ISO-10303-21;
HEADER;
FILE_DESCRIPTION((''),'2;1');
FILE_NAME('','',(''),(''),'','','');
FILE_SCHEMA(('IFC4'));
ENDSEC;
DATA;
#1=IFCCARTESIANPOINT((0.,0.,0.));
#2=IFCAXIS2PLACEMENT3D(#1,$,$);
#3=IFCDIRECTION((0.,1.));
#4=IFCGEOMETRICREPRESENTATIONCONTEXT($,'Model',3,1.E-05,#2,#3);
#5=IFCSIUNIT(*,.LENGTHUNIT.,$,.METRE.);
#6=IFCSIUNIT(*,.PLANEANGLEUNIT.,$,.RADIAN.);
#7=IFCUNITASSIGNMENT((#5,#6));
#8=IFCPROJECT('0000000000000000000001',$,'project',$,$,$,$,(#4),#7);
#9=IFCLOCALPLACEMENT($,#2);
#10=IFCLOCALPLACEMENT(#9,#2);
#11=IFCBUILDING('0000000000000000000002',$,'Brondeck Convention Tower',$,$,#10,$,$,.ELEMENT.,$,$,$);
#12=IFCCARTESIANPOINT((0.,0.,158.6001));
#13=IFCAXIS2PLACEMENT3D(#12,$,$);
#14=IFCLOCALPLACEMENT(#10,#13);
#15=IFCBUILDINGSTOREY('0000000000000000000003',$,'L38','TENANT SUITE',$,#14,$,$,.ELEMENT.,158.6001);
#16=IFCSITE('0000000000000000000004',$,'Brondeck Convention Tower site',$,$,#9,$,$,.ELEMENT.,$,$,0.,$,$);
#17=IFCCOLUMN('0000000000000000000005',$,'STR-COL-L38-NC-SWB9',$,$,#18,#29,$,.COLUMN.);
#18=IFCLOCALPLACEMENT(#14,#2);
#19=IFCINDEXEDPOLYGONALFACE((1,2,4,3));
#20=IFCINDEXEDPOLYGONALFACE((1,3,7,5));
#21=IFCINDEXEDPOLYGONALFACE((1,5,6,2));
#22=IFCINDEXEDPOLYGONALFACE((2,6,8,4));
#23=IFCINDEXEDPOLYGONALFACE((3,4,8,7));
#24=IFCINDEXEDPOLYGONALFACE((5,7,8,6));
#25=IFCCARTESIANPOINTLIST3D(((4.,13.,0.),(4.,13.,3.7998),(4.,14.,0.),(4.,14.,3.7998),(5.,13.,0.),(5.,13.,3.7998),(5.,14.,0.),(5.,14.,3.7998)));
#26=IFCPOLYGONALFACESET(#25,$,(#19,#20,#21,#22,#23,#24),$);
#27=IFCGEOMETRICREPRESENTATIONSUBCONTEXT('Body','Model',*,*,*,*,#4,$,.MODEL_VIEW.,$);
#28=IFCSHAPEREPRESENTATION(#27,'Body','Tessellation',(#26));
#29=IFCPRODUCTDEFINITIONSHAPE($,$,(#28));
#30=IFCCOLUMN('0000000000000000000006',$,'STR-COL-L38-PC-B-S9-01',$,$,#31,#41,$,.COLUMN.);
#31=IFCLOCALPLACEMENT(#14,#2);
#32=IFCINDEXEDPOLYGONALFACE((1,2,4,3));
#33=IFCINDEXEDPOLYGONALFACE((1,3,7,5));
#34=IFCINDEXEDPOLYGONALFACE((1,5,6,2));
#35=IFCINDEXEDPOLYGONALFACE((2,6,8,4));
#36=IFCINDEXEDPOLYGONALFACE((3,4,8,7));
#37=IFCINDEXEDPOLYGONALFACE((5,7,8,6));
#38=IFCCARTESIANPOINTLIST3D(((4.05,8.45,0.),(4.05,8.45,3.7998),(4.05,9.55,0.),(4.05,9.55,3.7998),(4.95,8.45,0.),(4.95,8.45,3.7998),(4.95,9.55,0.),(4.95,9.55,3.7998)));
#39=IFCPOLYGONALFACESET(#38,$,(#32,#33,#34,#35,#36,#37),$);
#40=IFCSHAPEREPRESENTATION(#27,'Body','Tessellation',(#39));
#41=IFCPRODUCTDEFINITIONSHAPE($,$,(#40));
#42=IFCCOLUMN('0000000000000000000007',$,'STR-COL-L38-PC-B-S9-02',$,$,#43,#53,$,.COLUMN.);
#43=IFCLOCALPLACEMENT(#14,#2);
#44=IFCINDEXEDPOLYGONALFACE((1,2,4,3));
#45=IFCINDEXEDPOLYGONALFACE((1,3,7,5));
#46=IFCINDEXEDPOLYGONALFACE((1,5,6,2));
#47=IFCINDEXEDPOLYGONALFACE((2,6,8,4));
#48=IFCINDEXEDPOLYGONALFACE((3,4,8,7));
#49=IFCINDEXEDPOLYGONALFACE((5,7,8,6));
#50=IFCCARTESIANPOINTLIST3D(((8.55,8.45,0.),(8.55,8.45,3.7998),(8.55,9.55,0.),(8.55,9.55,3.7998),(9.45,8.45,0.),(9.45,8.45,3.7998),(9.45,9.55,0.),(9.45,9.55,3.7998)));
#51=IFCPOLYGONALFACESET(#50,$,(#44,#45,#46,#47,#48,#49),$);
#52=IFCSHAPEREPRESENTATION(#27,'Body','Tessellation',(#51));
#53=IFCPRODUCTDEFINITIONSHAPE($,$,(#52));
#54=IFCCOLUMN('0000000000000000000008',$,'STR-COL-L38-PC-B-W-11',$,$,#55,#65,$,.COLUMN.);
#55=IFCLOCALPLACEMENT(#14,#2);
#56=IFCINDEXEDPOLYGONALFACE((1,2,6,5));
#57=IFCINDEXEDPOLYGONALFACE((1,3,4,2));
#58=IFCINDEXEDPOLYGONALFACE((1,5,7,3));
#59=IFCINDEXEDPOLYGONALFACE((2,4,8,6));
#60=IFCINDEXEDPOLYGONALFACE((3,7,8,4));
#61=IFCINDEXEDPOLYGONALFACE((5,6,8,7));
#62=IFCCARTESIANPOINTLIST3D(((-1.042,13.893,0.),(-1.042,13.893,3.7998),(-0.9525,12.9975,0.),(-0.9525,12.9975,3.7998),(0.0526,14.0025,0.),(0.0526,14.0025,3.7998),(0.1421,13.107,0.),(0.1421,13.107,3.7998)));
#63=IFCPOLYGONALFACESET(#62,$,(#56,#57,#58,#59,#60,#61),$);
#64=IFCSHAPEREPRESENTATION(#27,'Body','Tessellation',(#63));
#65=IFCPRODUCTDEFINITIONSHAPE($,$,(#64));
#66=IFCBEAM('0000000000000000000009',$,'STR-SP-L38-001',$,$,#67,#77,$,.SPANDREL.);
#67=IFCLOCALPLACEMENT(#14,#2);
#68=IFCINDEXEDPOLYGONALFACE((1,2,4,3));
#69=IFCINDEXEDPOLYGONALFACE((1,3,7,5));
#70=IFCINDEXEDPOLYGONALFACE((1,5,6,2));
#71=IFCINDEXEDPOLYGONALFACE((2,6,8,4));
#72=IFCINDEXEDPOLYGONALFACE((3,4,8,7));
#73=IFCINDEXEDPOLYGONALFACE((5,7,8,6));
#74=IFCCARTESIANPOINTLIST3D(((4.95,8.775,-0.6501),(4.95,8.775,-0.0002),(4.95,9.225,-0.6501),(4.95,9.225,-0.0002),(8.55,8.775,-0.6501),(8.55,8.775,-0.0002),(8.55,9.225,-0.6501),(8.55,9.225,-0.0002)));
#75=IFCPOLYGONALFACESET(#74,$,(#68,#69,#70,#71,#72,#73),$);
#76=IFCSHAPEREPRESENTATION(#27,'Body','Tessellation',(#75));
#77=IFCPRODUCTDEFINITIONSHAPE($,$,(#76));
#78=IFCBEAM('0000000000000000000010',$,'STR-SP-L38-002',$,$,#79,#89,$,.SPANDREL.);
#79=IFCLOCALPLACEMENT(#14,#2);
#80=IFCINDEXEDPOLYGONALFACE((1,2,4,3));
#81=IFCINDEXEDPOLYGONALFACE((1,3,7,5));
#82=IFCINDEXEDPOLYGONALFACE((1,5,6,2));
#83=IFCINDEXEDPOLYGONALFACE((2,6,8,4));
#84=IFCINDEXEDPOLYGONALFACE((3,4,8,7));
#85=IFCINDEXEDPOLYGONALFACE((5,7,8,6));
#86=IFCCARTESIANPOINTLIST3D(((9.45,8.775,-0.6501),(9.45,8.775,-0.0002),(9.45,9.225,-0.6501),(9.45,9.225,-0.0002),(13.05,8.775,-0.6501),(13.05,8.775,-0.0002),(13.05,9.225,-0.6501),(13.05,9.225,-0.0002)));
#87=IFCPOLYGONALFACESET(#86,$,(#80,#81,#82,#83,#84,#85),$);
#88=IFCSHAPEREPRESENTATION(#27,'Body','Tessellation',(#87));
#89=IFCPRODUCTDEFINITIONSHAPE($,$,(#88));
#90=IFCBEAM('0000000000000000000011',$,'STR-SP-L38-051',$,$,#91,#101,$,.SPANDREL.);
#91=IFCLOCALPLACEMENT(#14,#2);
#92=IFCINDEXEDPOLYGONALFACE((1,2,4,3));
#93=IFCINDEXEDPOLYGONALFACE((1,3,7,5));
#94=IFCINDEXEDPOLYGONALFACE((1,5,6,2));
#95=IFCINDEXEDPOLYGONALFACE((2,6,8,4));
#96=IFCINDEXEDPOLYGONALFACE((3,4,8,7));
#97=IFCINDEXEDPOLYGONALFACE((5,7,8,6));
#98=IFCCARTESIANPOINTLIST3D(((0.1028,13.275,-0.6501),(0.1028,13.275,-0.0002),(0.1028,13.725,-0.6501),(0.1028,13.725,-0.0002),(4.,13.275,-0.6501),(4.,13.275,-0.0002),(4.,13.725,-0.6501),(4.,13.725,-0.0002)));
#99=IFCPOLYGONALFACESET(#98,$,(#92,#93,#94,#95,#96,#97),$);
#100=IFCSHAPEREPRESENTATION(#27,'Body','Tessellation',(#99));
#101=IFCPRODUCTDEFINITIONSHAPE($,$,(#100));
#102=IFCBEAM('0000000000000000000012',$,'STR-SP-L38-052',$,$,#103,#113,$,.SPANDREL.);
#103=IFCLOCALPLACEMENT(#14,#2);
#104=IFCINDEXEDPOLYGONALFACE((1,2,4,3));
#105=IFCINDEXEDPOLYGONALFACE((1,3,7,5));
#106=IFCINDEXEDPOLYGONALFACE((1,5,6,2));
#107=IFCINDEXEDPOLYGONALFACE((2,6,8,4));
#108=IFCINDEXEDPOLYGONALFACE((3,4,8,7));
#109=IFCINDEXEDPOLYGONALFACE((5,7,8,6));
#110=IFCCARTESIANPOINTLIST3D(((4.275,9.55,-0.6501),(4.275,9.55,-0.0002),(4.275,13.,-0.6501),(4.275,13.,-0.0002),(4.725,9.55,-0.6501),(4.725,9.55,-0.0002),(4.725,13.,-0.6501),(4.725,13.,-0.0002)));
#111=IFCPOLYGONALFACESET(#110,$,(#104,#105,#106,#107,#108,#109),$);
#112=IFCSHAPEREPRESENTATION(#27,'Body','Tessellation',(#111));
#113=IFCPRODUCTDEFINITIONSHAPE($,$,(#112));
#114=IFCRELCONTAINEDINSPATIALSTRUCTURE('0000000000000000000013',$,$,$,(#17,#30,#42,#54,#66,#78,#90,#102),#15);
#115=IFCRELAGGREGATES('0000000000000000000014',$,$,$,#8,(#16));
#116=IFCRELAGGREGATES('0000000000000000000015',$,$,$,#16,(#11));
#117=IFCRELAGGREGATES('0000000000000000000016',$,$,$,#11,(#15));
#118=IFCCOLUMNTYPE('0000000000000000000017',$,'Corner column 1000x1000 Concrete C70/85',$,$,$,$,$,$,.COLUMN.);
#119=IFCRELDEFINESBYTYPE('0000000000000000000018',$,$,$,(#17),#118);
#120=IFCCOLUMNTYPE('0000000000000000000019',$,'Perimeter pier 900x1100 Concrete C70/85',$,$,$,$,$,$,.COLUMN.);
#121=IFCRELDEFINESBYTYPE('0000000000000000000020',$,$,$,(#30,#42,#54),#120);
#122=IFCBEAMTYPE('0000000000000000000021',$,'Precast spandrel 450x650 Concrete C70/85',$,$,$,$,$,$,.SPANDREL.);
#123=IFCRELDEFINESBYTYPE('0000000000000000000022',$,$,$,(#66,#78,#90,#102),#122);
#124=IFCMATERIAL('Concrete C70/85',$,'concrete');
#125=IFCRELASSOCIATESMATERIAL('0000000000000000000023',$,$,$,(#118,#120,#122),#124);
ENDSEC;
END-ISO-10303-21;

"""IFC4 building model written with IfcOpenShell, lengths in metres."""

from ifc_helpers import new_model, si_unit, direction, frame, origin, origin_2d, place, context, subcontext, project, spatial, rectangle, extrude, material, material_profile, profile_set, type_object, element, save


model = new_model("IFC4")

# Units and contexts
model_context = context("Model", 3, precision=1e-05, world=origin(), true_north=direction((0.0, 1.0)))
body_context = subcontext(model_context, "Body", "Model", "MODEL_VIEW")
ifc_project = project(units=[si_unit("LENGTHUNIT", "METRE"), si_unit("PLANEANGLEUNIT", "RADIAN")], contexts=[model_context])

# Site, building, storey
site_placement = place(None, origin())
site = spatial("IfcSite", under=ifc_project, at=site_placement, Name="Brondeck Convention Tower site", CompositionType="ELEMENT", RefElevation=0.0)
building_placement = place(site_placement, origin())
building = spatial("IfcBuilding", under=site, at=building_placement, Name="Brondeck Convention Tower", CompositionType="ELEMENT")
storey_placement = place(building_placement, frame((0.0, 0.0, 158.6001)))
storey = spatial("IfcBuildingStorey", under=building, at=storey_placement, Name="L38", Description="TENANT SUITE", CompositionType="ELEMENT", Elevation=158.6001)

# Columns
ifc_material_1 = material(Name="Concrete C70/85", Category="concrete")
ifc_material_profile_1 = material_profile(ifc_material_1, rectangle(XDim=1.0, YDim=1.0, at=origin_2d()), Name="Corner column 1000x1000 Concrete C70/85")
ifc_profile_set_1 = profile_set([ifc_material_profile_1], Name="Concrete C70/85")
column_type_1 = type_object("IfcColumnType", Name="Corner column 1000x1000 Concrete C70/85", PredefinedType="COLUMN", material=ifc_profile_set_1)
column_placement = place(storey_placement, frame((4.5, 13.5, 0.0), z_axis=(0.0, 0.0, 1.0), x_axis=(1.0, 0.0, 0.0)))
element("IfcColumn", 1, at=column_placement, inside=storey, type_object=column_type_1, Name="STR-COL-L38-NC-SWB9", PredefinedType="COLUMN", context=body_context, shape_type="SweptSolid", body=[
    extrude(rectangle(XDim=1.0, YDim=1.0, at=origin_2d()), origin(), (0.0, 0.0, 1.0), 3.7998),
])
ifc_material_profile_2 = material_profile(ifc_material_1, rectangle(XDim=0.8999, YDim=1.1001, at=origin_2d()), Name="Perimeter pier 900x1100 Concrete C70/85")
ifc_profile_set_2 = profile_set([ifc_material_profile_2], Name="Concrete C70/85")
column_type_2 = type_object("IfcColumnType", Name="Perimeter pier 900x1100 Concrete C70/85", PredefinedType="COLUMN", material=ifc_profile_set_2)
for number, where, z_axis, x_axis, name in (
    (2, (4.5, 9.0, 0.0), (0.0, 0.0, 1.0), (1.0, 0.0, 0.0), "STR-COL-L38-PC-B-S9-01"),
    (3, (9.0, 9.0, 0.0), (0.0, 0.0, 1.0), (1.0, 0.0, 0.0), "STR-COL-L38-PC-B-S9-02"),
    (4, (-0.45, 13.5, 0.0), (0.0, 0.0, 1.0), (0.099504, -0.995037, 0.0), "STR-COL-L38-PC-B-W-11"),
):
    element("IfcColumn", number, at=place(storey_placement, frame(where, z_axis=z_axis, x_axis=x_axis)), inside=storey, type_object=column_type_2, Name=name, PredefinedType="COLUMN", context=body_context, shape_type="SweptSolid", body=[
        extrude(rectangle(XDim=0.8999, YDim=1.1001, at=origin_2d()), origin(), (0.0, 0.0, 1.0), 3.7998),
    ])

# Beams
ifc_material_profile_3 = material_profile(ifc_material_1, rectangle(XDim=0.45, YDim=0.6499, at=origin_2d()), Name="Precast spandrel 450x650 Concrete C70/85")
ifc_profile_set_3 = profile_set([ifc_material_profile_3], Name="Concrete C70/85")
beam_type = type_object("IfcBeamType", Name="Precast spandrel 450x650 Concrete C70/85", PredefinedType="SPANDREL", material=ifc_profile_set_3)
for number, where, z_axis, x_axis, name in (
    (5, (4.95, 9.0, -0.3252), (1.0, 0.0, 0.0), (0.0, 1.0, 0.0), "STR-SP-L38-001"),
    (6, (9.45, 9.0, -0.3252), (1.0, 0.0, 0.0), (0.0, 1.0, 0.0), "STR-SP-L38-002"),
):
    element("IfcBeam", number, at=place(storey_placement, frame(where, z_axis=z_axis, x_axis=x_axis)), inside=storey, type_object=beam_type, Name=name, PredefinedType="SPANDREL", context=body_context, shape_type="SweptSolid", body=[
        extrude(rectangle(XDim=0.45, YDim=0.6499, at=origin_2d()), origin(), (0.0, 0.0, 1.0), 3.6001),
    ])
beam_1_placement = place(storey_placement, frame((0.1028, 13.5, -0.3252), z_axis=(1.0, 0.0, 0.0), x_axis=(0.0, 1.0, 0.0)))
element("IfcBeam", 7, at=beam_1_placement, inside=storey, type_object=beam_type, Name="STR-SP-L38-051", PredefinedType="SPANDREL", context=body_context, shape_type="SweptSolid", body=[
    extrude(rectangle(XDim=0.45, YDim=0.6499, at=origin_2d()), origin(), (0.0, 0.0, 1.0), 3.8972),
])
beam_2_placement = place(storey_placement, frame((4.5, 13.0, -0.3252), z_axis=(0.0, -1.0, 0.0), x_axis=(1.0, 0.0, 0.0)))
element("IfcBeam", 8, at=beam_2_placement, inside=storey, type_object=beam_type, Name="STR-SP-L38-052", PredefinedType="SPANDREL", context=body_context, shape_type="SweptSolid", body=[
    extrude(rectangle(XDim=0.45, YDim=0.6499, at=origin_2d()), origin(), (0.0, 0.0, 1.0), 3.45),
])

save(model, "model.ifc")
